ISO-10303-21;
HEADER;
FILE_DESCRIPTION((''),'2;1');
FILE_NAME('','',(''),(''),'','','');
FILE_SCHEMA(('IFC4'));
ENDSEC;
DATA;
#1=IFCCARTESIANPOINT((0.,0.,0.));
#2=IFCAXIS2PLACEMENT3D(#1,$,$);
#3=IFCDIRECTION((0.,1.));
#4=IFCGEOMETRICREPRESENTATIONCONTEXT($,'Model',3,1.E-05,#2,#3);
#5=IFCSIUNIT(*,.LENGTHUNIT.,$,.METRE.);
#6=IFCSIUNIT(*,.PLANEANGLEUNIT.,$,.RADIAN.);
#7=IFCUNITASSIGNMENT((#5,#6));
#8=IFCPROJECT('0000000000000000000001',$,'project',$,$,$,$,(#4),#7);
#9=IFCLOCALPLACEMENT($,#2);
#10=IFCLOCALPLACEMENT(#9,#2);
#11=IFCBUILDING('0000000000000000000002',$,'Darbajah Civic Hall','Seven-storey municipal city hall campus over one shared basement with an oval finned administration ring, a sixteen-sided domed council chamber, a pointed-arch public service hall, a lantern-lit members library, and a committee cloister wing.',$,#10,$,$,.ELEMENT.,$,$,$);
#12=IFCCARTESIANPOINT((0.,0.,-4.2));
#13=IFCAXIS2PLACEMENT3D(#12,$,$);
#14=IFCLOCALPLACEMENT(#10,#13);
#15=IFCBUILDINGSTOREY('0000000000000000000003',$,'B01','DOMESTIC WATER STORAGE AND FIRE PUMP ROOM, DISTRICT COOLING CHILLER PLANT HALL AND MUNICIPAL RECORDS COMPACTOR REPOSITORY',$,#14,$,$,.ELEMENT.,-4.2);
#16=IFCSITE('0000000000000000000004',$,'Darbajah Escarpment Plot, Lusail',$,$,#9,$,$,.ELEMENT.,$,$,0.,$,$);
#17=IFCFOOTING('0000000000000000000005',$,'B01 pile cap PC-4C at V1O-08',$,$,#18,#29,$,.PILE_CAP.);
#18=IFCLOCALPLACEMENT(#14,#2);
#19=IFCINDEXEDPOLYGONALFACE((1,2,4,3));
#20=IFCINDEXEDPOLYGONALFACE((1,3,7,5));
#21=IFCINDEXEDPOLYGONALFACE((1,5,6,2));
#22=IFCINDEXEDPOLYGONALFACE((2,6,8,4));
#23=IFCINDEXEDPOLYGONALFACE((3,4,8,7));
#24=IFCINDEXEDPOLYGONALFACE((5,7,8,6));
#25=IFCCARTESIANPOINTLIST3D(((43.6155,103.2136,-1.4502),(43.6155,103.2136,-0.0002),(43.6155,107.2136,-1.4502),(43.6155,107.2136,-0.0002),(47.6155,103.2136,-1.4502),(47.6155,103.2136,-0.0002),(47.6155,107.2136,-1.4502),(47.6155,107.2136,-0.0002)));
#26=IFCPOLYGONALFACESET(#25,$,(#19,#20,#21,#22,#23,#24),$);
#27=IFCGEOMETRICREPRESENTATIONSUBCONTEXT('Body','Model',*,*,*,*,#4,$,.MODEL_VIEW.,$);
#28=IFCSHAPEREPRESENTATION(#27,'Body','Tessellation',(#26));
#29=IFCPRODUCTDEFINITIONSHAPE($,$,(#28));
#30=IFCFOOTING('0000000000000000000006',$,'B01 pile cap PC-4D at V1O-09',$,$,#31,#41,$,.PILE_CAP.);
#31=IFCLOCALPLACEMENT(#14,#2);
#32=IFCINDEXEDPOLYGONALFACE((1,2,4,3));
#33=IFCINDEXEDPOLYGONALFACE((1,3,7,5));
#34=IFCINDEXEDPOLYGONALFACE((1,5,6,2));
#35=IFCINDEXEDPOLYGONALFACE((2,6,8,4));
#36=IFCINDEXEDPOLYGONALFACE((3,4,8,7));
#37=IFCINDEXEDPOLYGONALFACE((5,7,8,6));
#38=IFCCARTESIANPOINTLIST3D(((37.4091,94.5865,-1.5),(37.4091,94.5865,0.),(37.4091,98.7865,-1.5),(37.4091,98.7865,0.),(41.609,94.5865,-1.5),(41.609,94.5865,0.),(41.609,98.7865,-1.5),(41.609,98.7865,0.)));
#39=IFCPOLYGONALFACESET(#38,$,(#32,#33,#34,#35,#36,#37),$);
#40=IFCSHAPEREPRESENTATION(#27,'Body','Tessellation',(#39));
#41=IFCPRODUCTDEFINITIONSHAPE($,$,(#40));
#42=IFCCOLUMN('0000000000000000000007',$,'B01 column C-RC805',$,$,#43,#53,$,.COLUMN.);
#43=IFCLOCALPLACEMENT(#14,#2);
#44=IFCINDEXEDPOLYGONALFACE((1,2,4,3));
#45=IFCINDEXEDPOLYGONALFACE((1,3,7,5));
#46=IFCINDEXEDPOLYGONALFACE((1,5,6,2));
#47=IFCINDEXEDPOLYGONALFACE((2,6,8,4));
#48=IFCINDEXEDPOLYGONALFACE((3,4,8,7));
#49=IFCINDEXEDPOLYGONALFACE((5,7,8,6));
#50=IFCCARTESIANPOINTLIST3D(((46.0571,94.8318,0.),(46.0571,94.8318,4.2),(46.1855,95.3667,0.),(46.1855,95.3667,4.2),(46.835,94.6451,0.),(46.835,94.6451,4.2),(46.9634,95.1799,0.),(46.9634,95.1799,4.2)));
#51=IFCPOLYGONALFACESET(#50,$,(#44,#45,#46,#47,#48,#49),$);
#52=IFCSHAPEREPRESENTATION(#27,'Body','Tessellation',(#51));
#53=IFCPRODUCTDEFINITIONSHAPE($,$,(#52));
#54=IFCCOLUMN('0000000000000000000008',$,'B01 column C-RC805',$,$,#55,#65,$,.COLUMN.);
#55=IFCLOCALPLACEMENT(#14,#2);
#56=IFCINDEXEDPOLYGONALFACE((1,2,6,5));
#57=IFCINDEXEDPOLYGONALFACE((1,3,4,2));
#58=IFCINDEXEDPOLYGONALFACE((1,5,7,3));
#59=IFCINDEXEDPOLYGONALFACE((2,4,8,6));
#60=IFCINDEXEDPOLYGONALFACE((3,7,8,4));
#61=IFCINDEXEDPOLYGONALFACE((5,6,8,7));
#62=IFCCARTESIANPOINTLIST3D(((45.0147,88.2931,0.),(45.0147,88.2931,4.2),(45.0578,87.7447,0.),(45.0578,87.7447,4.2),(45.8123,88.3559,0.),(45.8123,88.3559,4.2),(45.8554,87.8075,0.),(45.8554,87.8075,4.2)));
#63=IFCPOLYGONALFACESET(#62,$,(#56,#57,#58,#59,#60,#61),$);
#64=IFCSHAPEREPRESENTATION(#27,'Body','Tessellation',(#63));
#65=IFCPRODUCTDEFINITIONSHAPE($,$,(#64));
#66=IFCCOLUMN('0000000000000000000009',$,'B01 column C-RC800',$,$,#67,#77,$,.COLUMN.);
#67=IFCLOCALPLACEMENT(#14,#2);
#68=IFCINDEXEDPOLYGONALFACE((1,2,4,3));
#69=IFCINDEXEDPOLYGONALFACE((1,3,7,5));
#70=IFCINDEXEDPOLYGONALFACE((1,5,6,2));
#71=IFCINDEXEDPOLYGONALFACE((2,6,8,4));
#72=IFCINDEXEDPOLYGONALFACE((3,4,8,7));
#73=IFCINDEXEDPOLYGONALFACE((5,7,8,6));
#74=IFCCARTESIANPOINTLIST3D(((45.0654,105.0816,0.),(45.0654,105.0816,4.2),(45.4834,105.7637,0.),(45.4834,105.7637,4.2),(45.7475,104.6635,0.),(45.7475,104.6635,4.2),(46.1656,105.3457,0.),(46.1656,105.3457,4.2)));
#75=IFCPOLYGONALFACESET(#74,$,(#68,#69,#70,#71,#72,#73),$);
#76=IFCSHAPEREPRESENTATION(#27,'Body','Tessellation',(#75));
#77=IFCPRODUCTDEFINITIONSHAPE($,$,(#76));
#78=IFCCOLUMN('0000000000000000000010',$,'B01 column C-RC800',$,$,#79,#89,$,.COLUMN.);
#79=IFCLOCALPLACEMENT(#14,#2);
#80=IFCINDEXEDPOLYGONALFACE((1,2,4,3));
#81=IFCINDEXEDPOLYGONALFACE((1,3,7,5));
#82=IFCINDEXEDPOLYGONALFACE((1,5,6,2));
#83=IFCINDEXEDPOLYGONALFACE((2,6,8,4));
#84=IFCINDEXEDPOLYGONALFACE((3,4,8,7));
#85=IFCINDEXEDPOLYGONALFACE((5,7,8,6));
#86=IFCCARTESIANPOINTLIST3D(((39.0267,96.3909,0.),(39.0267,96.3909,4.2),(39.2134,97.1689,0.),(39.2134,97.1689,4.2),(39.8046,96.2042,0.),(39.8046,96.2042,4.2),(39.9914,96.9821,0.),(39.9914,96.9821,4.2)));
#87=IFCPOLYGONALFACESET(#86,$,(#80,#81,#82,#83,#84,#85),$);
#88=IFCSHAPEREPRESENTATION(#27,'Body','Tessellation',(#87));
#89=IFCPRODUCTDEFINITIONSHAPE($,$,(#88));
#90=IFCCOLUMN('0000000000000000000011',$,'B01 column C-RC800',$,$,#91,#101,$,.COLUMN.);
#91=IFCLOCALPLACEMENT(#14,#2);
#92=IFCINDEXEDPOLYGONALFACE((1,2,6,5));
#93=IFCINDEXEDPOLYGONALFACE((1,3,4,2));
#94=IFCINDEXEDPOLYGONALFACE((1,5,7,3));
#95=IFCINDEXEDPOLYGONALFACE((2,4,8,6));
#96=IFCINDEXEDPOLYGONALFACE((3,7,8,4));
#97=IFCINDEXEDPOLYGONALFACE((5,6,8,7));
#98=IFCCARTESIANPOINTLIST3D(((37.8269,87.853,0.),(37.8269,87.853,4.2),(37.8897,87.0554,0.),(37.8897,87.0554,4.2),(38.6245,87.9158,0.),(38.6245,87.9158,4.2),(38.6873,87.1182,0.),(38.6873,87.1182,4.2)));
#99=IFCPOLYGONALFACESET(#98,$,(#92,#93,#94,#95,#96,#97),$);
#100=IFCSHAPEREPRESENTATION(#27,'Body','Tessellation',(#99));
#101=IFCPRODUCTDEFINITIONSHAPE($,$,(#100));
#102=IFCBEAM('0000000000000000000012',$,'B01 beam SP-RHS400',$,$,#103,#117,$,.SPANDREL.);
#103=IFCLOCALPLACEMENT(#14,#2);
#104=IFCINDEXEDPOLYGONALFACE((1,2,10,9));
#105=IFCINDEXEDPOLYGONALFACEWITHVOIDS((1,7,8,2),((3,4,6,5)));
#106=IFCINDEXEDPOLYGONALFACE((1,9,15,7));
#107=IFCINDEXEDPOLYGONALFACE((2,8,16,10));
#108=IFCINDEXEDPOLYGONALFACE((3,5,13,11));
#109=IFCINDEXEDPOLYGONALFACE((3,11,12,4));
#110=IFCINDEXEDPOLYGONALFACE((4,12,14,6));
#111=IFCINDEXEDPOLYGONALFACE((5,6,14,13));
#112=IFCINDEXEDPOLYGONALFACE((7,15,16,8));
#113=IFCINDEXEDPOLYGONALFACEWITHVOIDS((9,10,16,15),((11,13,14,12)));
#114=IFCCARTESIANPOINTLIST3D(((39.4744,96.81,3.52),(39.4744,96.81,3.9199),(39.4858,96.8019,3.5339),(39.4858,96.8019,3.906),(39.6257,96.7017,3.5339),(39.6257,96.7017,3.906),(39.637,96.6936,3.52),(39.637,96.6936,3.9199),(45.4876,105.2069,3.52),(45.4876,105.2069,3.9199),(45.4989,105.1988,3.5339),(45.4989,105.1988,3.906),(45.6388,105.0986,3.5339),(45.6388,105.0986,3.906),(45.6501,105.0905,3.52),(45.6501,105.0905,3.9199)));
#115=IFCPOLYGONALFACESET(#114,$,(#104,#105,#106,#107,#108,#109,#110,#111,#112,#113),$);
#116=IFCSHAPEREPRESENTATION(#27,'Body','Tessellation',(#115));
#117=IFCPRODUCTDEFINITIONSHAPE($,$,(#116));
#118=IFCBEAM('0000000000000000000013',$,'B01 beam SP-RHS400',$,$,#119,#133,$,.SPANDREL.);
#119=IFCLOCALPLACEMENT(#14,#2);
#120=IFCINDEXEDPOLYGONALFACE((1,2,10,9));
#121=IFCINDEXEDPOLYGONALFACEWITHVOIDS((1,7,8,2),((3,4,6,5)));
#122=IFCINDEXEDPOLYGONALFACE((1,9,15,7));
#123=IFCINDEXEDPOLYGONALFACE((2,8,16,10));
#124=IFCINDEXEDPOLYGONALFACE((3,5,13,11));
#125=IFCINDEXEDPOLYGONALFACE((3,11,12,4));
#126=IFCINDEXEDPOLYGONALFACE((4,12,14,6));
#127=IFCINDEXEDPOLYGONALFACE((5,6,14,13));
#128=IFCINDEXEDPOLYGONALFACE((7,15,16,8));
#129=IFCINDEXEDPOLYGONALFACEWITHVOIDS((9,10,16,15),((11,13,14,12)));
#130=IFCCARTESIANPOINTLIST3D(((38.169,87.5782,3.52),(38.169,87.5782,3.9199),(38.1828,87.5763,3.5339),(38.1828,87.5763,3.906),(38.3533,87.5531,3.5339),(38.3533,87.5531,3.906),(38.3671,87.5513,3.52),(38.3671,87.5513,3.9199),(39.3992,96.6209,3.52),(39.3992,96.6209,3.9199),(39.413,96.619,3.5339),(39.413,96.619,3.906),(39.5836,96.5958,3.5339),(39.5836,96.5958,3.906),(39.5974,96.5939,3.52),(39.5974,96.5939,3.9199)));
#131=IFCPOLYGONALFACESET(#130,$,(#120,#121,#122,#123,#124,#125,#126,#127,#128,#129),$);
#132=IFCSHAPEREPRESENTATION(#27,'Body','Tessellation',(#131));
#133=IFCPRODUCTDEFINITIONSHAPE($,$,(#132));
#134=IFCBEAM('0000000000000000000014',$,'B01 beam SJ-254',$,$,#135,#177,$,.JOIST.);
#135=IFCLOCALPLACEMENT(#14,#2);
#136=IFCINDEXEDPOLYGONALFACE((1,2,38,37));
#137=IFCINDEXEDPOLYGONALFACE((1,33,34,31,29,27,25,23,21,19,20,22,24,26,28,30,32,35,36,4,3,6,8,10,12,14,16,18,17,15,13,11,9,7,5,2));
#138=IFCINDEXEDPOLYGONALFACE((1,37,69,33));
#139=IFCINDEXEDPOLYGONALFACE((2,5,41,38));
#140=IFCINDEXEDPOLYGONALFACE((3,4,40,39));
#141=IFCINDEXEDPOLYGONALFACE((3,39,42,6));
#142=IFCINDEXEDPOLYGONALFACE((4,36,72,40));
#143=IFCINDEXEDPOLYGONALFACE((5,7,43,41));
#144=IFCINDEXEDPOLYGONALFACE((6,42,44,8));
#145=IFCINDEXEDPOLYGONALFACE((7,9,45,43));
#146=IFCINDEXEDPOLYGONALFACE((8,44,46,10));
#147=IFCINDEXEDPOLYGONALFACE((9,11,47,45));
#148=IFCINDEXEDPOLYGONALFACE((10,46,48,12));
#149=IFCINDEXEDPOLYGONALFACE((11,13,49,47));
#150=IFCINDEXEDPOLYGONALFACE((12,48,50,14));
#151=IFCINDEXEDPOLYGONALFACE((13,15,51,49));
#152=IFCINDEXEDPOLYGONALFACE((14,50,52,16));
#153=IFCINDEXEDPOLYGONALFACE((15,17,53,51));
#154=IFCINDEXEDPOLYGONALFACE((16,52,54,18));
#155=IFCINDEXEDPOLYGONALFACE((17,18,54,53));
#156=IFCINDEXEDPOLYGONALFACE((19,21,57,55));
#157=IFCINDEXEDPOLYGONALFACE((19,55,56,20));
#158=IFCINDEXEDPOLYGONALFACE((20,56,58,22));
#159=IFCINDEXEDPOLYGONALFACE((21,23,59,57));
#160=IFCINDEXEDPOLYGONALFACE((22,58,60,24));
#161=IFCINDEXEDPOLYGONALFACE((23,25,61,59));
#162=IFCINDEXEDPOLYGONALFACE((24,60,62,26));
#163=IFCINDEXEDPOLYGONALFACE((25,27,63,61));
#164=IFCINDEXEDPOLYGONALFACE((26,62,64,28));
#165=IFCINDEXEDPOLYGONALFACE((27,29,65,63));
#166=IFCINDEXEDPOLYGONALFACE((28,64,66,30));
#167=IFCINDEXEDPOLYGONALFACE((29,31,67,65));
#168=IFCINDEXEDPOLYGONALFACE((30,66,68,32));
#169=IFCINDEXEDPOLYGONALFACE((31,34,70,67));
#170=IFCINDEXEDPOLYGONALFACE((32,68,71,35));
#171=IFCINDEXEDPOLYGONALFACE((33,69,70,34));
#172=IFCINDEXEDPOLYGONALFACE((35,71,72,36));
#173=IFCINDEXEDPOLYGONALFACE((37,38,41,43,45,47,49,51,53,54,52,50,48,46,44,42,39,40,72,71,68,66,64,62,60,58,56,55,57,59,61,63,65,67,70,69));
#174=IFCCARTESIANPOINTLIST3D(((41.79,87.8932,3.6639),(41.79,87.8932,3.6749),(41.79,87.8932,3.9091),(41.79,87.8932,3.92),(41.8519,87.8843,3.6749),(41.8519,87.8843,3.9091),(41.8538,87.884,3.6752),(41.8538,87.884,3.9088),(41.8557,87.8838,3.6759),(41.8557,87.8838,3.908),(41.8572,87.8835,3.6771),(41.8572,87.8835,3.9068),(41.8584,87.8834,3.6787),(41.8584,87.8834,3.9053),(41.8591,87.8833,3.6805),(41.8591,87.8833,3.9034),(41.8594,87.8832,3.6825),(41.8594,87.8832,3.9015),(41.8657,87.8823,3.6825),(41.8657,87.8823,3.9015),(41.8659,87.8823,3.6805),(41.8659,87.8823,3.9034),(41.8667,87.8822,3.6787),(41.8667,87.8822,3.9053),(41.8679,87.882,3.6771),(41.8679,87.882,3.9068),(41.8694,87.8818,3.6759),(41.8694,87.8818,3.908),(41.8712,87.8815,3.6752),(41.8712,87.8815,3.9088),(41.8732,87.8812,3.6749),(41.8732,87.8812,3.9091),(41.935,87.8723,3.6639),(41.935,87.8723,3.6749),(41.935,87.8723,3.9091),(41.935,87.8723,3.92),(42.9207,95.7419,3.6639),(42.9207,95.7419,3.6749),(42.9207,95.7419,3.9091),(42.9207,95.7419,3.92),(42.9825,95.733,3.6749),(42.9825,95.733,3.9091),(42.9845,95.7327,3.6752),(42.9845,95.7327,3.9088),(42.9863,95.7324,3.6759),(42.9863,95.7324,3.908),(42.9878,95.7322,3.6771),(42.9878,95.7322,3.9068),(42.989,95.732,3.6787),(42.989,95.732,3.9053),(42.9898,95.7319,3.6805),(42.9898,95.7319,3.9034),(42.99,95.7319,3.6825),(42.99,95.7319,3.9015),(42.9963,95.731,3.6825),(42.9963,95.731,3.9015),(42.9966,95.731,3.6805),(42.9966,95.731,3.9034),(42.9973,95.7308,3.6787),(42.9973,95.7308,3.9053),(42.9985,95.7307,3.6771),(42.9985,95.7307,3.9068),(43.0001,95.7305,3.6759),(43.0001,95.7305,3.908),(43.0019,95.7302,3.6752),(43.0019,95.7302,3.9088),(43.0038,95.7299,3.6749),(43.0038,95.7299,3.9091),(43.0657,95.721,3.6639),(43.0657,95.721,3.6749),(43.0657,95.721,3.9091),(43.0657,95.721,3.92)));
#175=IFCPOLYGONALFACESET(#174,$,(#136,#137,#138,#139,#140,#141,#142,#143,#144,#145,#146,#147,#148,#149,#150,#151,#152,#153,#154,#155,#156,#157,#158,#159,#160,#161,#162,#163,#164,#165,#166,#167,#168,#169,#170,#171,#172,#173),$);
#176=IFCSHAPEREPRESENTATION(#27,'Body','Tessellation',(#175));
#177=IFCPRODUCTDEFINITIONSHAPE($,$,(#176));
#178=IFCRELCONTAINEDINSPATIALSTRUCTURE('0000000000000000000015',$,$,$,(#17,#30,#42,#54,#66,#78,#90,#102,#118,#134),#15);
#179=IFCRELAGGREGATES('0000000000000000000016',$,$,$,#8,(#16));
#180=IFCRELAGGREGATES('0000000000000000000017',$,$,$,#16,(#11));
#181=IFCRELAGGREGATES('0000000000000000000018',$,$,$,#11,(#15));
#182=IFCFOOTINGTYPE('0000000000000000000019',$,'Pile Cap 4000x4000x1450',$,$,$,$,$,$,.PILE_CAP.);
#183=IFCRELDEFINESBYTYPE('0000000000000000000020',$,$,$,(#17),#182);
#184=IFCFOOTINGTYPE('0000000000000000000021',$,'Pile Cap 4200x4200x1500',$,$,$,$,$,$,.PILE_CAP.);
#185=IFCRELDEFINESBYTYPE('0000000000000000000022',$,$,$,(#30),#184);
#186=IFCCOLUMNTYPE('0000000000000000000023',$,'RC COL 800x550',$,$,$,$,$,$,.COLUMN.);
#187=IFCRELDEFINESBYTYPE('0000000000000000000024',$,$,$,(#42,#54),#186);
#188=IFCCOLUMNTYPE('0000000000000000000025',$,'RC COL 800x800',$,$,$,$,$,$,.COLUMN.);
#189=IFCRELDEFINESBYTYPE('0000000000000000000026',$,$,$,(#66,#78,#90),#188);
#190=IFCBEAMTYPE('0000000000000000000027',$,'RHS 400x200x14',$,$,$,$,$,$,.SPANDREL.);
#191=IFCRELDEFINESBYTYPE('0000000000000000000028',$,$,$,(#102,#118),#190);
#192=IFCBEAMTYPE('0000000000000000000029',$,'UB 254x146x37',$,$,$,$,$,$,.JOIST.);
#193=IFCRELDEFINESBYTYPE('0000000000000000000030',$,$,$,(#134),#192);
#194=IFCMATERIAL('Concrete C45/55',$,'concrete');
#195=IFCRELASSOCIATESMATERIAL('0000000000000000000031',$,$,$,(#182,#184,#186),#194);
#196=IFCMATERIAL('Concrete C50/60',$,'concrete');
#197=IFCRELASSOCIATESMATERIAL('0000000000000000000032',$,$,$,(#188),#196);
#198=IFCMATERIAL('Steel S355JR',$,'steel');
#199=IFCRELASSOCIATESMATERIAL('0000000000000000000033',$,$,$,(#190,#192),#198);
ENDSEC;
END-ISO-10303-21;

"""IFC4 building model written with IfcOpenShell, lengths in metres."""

from ifc_helpers import new_model, si_unit, direction, frame, origin, origin_2d, place, context, subcontext, project, spatial, rectangle, hollow_rectangle, i_section, extrude, material, material_profile, profile_set, type_object, element, save


model = new_model("IFC4")

# Units and contexts
model_context = context("Model", 3, precision=1e-05, world=origin(), true_north=direction((0.0, 1.0)))
body_context = subcontext(model_context, "Body", "Model", "MODEL_VIEW")
ifc_project = project(units=[si_unit("LENGTHUNIT", "METRE"), si_unit("PLANEANGLEUNIT", "RADIAN")], contexts=[model_context])

# Site, building, storey
site_placement = place(None, origin())
site = spatial("IfcSite", under=ifc_project, at=site_placement, Name="Darbajah Escarpment Plot, Lusail", CompositionType="ELEMENT", RefElevation=0.0)
building_placement = place(site_placement, origin())
building = spatial("IfcBuilding", under=site, at=building_placement, Name="Darbajah Civic Hall", Description="Seven-storey municipal city hall campus over one shared basement with an oval finned administration ring, a sixteen-sided domed council chamber, a pointed-arch public service hall, a lantern-lit members library, and a committee cloister wing.", CompositionType="ELEMENT")
storey_placement = place(building_placement, frame((0.0, 0.0, -4.2)))
storey = spatial("IfcBuildingStorey", under=building, at=storey_placement, Name="B01", Description="DOMESTIC WATER STORAGE AND FIRE PUMP ROOM, DISTRICT COOLING CHILLER PLANT HALL AND MUNICIPAL RECORDS COMPACTOR REPOSITORY", CompositionType="ELEMENT", Elevation=-4.2)

# Shared definitions
ifc_material_1 = material(Name="Concrete C45/55", Category="concrete")

# Footings
footing_type_1 = type_object("IfcFootingType", Name="Pile Cap 4000x4000x1450", PredefinedType="PILE_CAP", material=ifc_material_1)
footing_1_placement = place(storey_placement, frame((45.6155, 105.2136, -1.4502), z_axis=(0.0, 0.0, 1.0), x_axis=(1.0, 0.0, 0.0)))
element("IfcFooting", 1, at=footing_1_placement, inside=storey, type_object=footing_type_1, Name="B01 pile cap PC-4C at V1O-08", PredefinedType="PILE_CAP", context=body_context, shape_type="SweptSolid", body=[
    extrude(rectangle(XDim=4.0, YDim=4.0, at=origin_2d()), origin(), (0.0, 0.0, 1.0), 1.45),
])
footing_type_2 = type_object("IfcFootingType", Name="Pile Cap 4200x4200x1500", PredefinedType="PILE_CAP", material=ifc_material_1)
footing_2_placement = place(storey_placement, frame((39.509, 96.6865, -1.5), z_axis=(0.0, 0.0, 1.0), x_axis=(1.0, 0.0, 0.0)))
element("IfcFooting", 2, at=footing_2_placement, inside=storey, type_object=footing_type_2, Name="B01 pile cap PC-4D at V1O-09", PredefinedType="PILE_CAP", context=body_context, shape_type="SweptSolid", body=[
    extrude(rectangle(XDim=4.2, YDim=4.2, at=origin_2d()), origin(), (0.0, 0.0, 1.0), 1.5),
])

# Columns
ifc_material_profile_1 = material_profile(ifc_material_1, rectangle(XDim=0.8, YDim=0.55, at=origin_2d()), Name="RC COL 800x550")
ifc_profile_set_1 = profile_set([ifc_material_profile_1], Name="Concrete C45/55")
column_type_1 = type_object("IfcColumnType", Name="RC COL 800x550", PredefinedType="COLUMN", material=ifc_profile_set_1)
for number, where, z_axis, x_axis, name in (
    (3, (46.5103, 95.0059, 0.0), (0.0, 0.0, 1.0), (-0.97237, 0.233445, 0.0), "B01 column C-RC805"),
    (4, (45.4351, 88.0503, 0.0), (0.0, 0.0, 1.0), (-0.996917, -0.078459, 0.0), "B01 column C-RC805"),
):
    element("IfcColumn", number, at=place(storey_placement, frame(where, z_axis=z_axis, x_axis=x_axis)), inside=storey, type_object=column_type_1, Name=name, PredefinedType="COLUMN", context=body_context, shape_type="SweptSolid", body=[
        extrude(rectangle(XDim=0.8, YDim=0.55, at=origin_2d()), origin(), (0.0, 0.0, 1.0), 4.2),
    ])
ifc_material_2 = material(Name="Concrete C50/60", Category="concrete")
ifc_material_profile_2 = material_profile(ifc_material_2, rectangle(XDim=0.8, YDim=0.8, at=origin_2d()), Name="RC COL 800x800")
ifc_profile_set_2 = profile_set([ifc_material_profile_2], Name="Concrete C50/60")
column_type_2 = type_object("IfcColumnType", Name="RC COL 800x800", PredefinedType="COLUMN", material=ifc_profile_set_2)
for number, where, z_axis, x_axis, name in (
    (5, (45.6155, 105.2136, 0.0), (0.0, 0.0, 1.0), (-0.85264, 0.522499, 0.0), "B01 column C-RC800"),
    (6, (39.509, 96.6865, 0.0), (0.0, 0.0, 1.0), (-0.97237, 0.233445, 0.0), "B01 column C-RC800"),
    (7, (38.2571, 87.4856, 0.0), (0.0, 0.0, 1.0), (-0.996917, -0.078459, 0.0), "B01 column C-RC800"),
):
    element("IfcColumn", number, at=place(storey_placement, frame(where, z_axis=z_axis, x_axis=x_axis)), inside=storey, type_object=column_type_2, Name=name, PredefinedType="COLUMN", context=body_context, shape_type="SweptSolid", body=[
        extrude(rectangle(XDim=0.8, YDim=0.8, at=origin_2d()), origin(), (0.0, 0.0, 1.0), 4.2),
    ])

# Beams
ifc_material_3 = material(Name="Steel S355JR", Category="steel")
ifc_material_profile_3 = material_profile(ifc_material_3, hollow_rectangle(XDim=0.2, YDim=0.3999, WallThickness=0.0139, at=origin_2d()), Name="RHS 400x200x14")
ifc_profile_set_3 = profile_set([ifc_material_profile_3], Name="Steel S355JR")
beam_type_1 = type_object("IfcBeamType", Name="RHS 400x200x14", PredefinedType="SPANDREL", material=ifc_profile_set_3)
beam_1_placement = place(storey_placement, frame((45.5688, 105.1487, 3.72), z_axis=(-0.582222, -0.81303, 0.0), x_axis=(0.81303, -0.582222, 0.0)))
element("IfcBeam", 8, at=beam_1_placement, inside=storey, type_object=beam_type_1, Name="B01 beam SP-RHS400", PredefinedType="SPANDREL", context=body_context, shape_type="SweptSolid", body=[
    extrude(hollow_rectangle(XDim=0.2, YDim=0.3999, WallThickness=0.0139, at=origin_2d()), origin(), (0.0, 0.0, 1.0), 10.3279),
])
beam_2_placement = place(storey_placement, frame((39.4983, 96.6074, 3.72), z_axis=(-0.134804, -0.990872, 0.0), x_axis=(0.990872, -0.134804, 0.0)))
element("IfcBeam", 9, at=beam_2_placement, inside=storey, type_object=beam_type_1, Name="B01 beam SP-RHS400", PredefinedType="SPANDREL", context=body_context, shape_type="SweptSolid", body=[
    extrude(hollow_rectangle(XDim=0.2, YDim=0.3999, WallThickness=0.0139, at=origin_2d()), origin(), (0.0, 0.0, 1.0), 9.126),
])
ifc_material_profile_4 = material_profile(ifc_material_3, i_section(OverallWidth=0.1465, OverallDepth=0.2561, WebThickness=0.0063, FlangeThickness=0.011, FilletRadius=0.0076, at=origin_2d()), Name="UB 254x146x37")
ifc_profile_set_4 = profile_set([ifc_material_profile_4], Name="Steel S355JR")
beam_type_2 = type_object("IfcBeamType", Name="UB 254x146x37", PredefinedType="JOIST", material=ifc_profile_set_4)
beam_3_placement = place(storey_placement, frame((42.9932, 95.7314, 3.792), z_axis=(-0.142581, -0.989783, 0.0), x_axis=(0.989783, -0.142581, 0.0)))
element("IfcBeam", 10, at=beam_3_placement, inside=storey, type_object=beam_type_2, Name="B01 beam SJ-254", PredefinedType="JOIST", context=body_context, shape_type="SweptSolid", body=[
    extrude(i_section(OverallWidth=0.1465, OverallDepth=0.2561, WebThickness=0.0063, FlangeThickness=0.011, FilletRadius=0.0076, at=origin_2d()), origin(), (0.0, 0.0, 1.0), 7.9297),
])

save(model, "model.ifc")
